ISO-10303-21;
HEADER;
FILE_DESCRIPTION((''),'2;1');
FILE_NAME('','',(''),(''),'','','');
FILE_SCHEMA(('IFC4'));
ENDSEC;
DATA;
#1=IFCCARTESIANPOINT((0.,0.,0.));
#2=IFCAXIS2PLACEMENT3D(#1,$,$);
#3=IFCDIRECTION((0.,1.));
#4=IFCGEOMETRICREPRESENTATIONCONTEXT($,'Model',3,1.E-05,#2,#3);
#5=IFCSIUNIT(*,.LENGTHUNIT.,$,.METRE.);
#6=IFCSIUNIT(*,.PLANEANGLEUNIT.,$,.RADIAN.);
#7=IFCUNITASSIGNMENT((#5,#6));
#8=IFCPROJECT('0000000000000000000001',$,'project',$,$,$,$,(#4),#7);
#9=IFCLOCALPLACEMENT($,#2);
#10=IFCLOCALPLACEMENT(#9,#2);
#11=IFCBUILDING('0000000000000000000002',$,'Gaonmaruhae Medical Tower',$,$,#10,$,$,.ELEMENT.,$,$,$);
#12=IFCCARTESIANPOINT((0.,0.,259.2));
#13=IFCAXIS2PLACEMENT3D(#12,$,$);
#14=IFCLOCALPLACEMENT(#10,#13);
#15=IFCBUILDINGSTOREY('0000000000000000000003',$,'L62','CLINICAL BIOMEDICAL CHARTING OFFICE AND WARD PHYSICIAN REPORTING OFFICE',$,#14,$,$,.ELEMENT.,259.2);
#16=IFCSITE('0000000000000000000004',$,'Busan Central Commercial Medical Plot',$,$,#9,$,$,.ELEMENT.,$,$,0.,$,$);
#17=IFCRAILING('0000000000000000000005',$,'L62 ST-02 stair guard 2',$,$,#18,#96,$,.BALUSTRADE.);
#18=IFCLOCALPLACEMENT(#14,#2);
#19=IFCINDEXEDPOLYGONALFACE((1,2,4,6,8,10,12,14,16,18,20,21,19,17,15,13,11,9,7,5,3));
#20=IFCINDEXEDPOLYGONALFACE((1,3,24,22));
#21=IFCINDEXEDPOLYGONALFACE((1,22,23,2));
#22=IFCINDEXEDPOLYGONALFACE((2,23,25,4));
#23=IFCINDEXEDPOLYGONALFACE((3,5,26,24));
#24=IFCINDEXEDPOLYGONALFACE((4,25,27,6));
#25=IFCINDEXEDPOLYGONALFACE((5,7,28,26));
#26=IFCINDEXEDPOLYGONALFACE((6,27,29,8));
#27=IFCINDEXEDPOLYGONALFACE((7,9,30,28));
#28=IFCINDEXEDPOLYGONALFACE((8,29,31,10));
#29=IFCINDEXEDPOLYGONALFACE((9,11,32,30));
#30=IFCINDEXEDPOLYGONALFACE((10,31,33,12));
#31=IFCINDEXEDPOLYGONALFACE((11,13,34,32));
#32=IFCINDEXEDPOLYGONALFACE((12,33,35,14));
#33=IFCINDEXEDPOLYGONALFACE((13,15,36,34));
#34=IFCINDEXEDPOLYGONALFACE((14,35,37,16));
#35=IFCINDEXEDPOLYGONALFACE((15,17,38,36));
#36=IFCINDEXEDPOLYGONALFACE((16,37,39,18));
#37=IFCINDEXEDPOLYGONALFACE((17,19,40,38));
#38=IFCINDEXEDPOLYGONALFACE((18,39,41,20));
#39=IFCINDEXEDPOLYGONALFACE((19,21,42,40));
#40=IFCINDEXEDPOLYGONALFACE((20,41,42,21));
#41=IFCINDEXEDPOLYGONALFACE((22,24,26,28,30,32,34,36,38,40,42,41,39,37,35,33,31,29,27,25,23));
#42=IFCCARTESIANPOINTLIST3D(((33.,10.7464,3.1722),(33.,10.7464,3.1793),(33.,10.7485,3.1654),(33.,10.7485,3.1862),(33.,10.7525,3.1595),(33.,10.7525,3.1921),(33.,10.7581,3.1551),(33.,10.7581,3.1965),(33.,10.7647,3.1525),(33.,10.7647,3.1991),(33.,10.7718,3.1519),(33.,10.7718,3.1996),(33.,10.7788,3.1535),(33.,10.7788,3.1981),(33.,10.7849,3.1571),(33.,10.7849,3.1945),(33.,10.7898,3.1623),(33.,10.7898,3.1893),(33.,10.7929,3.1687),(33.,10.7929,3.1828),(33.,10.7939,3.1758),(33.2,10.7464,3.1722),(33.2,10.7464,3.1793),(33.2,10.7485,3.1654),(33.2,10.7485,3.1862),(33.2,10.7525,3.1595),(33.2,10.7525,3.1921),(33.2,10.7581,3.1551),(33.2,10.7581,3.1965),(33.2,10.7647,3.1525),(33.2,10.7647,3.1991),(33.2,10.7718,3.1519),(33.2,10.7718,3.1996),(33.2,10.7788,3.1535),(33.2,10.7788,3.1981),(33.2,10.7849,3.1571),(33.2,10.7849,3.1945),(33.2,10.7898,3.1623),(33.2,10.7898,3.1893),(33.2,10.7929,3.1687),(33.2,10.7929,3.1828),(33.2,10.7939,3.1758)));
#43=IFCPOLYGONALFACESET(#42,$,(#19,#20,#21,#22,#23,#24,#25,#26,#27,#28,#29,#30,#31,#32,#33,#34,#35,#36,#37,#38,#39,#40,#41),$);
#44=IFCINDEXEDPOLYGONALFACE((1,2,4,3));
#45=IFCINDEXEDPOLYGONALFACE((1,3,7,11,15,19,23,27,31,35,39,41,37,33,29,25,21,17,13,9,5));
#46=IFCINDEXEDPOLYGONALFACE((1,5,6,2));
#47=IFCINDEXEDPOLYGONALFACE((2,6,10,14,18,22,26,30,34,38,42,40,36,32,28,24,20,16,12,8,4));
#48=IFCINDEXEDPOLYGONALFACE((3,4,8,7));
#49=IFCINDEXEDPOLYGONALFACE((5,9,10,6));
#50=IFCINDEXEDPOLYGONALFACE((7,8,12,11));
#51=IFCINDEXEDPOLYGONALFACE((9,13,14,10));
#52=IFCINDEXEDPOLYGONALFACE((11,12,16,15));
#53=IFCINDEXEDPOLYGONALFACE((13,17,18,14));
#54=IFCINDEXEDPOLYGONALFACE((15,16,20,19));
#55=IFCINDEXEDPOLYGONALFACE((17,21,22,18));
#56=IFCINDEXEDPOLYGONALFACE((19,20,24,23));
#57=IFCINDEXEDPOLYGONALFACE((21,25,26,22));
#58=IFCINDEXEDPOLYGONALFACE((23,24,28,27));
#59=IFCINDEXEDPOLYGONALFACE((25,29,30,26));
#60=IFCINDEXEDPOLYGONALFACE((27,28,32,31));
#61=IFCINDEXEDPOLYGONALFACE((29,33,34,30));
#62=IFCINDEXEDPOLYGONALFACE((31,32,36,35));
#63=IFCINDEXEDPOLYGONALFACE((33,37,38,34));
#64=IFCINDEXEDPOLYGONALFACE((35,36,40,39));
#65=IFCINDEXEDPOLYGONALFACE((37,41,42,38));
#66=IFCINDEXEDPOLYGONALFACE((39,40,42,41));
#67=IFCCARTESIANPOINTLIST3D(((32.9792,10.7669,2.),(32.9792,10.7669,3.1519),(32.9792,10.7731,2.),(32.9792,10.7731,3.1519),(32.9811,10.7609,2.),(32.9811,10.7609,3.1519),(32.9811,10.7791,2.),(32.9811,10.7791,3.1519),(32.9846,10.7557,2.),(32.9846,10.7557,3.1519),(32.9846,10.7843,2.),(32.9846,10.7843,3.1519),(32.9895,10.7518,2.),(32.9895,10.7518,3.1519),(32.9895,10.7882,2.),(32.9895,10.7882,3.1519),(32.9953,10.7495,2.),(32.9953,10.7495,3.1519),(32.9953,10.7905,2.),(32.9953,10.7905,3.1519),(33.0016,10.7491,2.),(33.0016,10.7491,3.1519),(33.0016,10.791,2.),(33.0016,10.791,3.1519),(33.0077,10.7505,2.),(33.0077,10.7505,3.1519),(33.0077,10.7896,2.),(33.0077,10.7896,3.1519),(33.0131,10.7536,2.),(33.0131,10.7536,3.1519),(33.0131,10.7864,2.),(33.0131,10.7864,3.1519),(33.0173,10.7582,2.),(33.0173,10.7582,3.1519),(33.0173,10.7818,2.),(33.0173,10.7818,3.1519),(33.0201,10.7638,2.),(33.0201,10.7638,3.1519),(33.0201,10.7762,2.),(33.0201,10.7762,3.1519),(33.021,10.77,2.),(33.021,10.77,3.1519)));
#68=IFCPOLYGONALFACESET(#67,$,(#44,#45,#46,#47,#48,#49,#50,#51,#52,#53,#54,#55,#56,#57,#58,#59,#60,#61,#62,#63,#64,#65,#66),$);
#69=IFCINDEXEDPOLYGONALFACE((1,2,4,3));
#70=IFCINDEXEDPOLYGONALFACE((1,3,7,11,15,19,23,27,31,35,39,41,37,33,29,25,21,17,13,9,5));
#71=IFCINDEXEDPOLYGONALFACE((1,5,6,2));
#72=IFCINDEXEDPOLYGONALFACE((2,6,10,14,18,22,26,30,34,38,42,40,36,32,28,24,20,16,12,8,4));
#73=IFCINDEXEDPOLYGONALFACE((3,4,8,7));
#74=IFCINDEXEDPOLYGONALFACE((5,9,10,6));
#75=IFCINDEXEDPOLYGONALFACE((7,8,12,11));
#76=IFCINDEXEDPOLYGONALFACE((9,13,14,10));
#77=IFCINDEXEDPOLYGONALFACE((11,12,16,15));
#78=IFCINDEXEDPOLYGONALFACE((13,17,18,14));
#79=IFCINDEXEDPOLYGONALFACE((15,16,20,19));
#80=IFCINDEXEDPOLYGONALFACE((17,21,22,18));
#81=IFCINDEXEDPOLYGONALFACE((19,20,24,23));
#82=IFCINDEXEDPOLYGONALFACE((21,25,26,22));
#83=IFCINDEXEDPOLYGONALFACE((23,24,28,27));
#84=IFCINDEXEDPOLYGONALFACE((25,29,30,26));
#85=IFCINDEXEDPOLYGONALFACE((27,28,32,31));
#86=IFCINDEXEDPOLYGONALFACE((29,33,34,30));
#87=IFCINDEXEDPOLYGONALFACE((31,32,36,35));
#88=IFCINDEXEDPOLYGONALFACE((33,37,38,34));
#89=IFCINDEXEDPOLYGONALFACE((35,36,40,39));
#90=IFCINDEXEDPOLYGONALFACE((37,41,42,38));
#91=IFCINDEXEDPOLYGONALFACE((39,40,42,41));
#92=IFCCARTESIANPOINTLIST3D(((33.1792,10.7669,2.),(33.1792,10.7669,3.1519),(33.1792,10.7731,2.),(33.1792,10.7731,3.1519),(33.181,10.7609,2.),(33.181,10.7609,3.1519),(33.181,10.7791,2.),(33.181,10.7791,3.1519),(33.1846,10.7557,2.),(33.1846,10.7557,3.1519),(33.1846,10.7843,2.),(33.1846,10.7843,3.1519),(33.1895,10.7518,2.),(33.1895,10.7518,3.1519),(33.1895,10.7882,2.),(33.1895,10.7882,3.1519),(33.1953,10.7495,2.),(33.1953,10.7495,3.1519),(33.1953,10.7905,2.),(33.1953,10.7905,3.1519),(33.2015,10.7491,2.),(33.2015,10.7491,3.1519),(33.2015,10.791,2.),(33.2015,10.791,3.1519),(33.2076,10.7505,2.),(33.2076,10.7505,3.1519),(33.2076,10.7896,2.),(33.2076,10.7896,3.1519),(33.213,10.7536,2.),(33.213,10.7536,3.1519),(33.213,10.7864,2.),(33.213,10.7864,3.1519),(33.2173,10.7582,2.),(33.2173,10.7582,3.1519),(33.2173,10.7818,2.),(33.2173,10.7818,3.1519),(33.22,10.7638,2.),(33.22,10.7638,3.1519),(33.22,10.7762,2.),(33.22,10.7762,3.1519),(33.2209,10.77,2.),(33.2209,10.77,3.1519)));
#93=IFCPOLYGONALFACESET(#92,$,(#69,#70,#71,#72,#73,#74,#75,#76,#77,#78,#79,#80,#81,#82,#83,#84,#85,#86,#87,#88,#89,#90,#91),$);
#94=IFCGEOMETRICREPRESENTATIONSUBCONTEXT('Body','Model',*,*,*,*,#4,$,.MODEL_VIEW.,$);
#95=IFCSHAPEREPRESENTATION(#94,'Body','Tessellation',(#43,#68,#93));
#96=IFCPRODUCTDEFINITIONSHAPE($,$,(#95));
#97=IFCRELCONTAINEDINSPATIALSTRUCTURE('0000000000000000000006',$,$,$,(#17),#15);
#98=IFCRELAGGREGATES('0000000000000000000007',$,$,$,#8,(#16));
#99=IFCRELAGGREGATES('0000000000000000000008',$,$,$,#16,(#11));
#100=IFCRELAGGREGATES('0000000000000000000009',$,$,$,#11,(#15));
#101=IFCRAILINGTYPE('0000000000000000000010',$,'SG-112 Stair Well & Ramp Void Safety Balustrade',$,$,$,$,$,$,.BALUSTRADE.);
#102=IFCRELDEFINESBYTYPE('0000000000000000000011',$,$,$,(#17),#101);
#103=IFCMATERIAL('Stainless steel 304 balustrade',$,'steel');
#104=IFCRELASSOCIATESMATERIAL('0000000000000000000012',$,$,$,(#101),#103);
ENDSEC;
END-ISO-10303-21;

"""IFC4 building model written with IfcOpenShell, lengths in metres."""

from ifc_helpers import new_model, si_unit, direction, frame, origin, origin_2d, place, context, subcontext, project, spatial, circle, extrude, material, type_object, element, save


model = new_model("IFC4")

# Units and contexts
model_context = context("Model", 3, precision=1e-05, world=origin(), true_north=direction((0.0, 1.0)))
body_context = subcontext(model_context, "Body", "Model", "MODEL_VIEW")
ifc_project = project(units=[si_unit("LENGTHUNIT", "METRE"), si_unit("PLANEANGLEUNIT", "RADIAN")], contexts=[model_context])

# Site, building, storey
site_placement = place(None, origin())
site = spatial("IfcSite", under=ifc_project, at=site_placement, Name="Busan Central Commercial Medical Plot", CompositionType="ELEMENT", RefElevation=0.0)
building_placement = place(site_placement, origin())
building = spatial("IfcBuilding", under=site, at=building_placement, Name="Gaonmaruhae Medical Tower", CompositionType="ELEMENT")
storey_placement = place(building_placement, frame((0.0, 0.0, 259.2)))
storey = spatial("IfcBuildingStorey", under=building, at=storey_placement, Name="L62", Description="CLINICAL BIOMEDICAL CHARTING OFFICE AND WARD PHYSICIAN REPORTING OFFICE", CompositionType="ELEMENT", Elevation=259.2)

# Railing
ifc_material_1 = material(Name="Stainless steel 304 balustrade", Category="steel")
railing_type_1 = type_object("IfcRailingType", Name="SG-112 Stair Well & Ramp Void Safety Balustrade", PredefinedType="BALUSTRADE", material=ifc_material_1)
railing_1_placement = place(storey_placement, frame((33.0, 10.77, 2.0)))
element("IfcRailing", 1, at=railing_1_placement, inside=storey, type_object=railing_type_1, Name="L62 ST-02 stair guard 2", PredefinedType="BALUSTRADE", context=body_context, shape_type="SweptSolid", body=[
    extrude(circle(Radius=0.0239, at=origin_2d()), frame((0.0, 0.0, 1.1758), z_axis=(1.0, 0.0, 0.0), x_axis=(0.0, 1.0, 0.0)), (0.0, 0.0, 1.0), 0.2),
    extrude(circle(Radius=0.021, at=origin_2d()), origin(), (0.0, 0.0, 1.0), 1.1519),
    extrude(circle(Radius=0.021, at=origin_2d()), frame((0.2, 0.0, 0.0)), (0.0, 0.0, 1.0), 1.1519),
])

save(model, "model.ifc")
